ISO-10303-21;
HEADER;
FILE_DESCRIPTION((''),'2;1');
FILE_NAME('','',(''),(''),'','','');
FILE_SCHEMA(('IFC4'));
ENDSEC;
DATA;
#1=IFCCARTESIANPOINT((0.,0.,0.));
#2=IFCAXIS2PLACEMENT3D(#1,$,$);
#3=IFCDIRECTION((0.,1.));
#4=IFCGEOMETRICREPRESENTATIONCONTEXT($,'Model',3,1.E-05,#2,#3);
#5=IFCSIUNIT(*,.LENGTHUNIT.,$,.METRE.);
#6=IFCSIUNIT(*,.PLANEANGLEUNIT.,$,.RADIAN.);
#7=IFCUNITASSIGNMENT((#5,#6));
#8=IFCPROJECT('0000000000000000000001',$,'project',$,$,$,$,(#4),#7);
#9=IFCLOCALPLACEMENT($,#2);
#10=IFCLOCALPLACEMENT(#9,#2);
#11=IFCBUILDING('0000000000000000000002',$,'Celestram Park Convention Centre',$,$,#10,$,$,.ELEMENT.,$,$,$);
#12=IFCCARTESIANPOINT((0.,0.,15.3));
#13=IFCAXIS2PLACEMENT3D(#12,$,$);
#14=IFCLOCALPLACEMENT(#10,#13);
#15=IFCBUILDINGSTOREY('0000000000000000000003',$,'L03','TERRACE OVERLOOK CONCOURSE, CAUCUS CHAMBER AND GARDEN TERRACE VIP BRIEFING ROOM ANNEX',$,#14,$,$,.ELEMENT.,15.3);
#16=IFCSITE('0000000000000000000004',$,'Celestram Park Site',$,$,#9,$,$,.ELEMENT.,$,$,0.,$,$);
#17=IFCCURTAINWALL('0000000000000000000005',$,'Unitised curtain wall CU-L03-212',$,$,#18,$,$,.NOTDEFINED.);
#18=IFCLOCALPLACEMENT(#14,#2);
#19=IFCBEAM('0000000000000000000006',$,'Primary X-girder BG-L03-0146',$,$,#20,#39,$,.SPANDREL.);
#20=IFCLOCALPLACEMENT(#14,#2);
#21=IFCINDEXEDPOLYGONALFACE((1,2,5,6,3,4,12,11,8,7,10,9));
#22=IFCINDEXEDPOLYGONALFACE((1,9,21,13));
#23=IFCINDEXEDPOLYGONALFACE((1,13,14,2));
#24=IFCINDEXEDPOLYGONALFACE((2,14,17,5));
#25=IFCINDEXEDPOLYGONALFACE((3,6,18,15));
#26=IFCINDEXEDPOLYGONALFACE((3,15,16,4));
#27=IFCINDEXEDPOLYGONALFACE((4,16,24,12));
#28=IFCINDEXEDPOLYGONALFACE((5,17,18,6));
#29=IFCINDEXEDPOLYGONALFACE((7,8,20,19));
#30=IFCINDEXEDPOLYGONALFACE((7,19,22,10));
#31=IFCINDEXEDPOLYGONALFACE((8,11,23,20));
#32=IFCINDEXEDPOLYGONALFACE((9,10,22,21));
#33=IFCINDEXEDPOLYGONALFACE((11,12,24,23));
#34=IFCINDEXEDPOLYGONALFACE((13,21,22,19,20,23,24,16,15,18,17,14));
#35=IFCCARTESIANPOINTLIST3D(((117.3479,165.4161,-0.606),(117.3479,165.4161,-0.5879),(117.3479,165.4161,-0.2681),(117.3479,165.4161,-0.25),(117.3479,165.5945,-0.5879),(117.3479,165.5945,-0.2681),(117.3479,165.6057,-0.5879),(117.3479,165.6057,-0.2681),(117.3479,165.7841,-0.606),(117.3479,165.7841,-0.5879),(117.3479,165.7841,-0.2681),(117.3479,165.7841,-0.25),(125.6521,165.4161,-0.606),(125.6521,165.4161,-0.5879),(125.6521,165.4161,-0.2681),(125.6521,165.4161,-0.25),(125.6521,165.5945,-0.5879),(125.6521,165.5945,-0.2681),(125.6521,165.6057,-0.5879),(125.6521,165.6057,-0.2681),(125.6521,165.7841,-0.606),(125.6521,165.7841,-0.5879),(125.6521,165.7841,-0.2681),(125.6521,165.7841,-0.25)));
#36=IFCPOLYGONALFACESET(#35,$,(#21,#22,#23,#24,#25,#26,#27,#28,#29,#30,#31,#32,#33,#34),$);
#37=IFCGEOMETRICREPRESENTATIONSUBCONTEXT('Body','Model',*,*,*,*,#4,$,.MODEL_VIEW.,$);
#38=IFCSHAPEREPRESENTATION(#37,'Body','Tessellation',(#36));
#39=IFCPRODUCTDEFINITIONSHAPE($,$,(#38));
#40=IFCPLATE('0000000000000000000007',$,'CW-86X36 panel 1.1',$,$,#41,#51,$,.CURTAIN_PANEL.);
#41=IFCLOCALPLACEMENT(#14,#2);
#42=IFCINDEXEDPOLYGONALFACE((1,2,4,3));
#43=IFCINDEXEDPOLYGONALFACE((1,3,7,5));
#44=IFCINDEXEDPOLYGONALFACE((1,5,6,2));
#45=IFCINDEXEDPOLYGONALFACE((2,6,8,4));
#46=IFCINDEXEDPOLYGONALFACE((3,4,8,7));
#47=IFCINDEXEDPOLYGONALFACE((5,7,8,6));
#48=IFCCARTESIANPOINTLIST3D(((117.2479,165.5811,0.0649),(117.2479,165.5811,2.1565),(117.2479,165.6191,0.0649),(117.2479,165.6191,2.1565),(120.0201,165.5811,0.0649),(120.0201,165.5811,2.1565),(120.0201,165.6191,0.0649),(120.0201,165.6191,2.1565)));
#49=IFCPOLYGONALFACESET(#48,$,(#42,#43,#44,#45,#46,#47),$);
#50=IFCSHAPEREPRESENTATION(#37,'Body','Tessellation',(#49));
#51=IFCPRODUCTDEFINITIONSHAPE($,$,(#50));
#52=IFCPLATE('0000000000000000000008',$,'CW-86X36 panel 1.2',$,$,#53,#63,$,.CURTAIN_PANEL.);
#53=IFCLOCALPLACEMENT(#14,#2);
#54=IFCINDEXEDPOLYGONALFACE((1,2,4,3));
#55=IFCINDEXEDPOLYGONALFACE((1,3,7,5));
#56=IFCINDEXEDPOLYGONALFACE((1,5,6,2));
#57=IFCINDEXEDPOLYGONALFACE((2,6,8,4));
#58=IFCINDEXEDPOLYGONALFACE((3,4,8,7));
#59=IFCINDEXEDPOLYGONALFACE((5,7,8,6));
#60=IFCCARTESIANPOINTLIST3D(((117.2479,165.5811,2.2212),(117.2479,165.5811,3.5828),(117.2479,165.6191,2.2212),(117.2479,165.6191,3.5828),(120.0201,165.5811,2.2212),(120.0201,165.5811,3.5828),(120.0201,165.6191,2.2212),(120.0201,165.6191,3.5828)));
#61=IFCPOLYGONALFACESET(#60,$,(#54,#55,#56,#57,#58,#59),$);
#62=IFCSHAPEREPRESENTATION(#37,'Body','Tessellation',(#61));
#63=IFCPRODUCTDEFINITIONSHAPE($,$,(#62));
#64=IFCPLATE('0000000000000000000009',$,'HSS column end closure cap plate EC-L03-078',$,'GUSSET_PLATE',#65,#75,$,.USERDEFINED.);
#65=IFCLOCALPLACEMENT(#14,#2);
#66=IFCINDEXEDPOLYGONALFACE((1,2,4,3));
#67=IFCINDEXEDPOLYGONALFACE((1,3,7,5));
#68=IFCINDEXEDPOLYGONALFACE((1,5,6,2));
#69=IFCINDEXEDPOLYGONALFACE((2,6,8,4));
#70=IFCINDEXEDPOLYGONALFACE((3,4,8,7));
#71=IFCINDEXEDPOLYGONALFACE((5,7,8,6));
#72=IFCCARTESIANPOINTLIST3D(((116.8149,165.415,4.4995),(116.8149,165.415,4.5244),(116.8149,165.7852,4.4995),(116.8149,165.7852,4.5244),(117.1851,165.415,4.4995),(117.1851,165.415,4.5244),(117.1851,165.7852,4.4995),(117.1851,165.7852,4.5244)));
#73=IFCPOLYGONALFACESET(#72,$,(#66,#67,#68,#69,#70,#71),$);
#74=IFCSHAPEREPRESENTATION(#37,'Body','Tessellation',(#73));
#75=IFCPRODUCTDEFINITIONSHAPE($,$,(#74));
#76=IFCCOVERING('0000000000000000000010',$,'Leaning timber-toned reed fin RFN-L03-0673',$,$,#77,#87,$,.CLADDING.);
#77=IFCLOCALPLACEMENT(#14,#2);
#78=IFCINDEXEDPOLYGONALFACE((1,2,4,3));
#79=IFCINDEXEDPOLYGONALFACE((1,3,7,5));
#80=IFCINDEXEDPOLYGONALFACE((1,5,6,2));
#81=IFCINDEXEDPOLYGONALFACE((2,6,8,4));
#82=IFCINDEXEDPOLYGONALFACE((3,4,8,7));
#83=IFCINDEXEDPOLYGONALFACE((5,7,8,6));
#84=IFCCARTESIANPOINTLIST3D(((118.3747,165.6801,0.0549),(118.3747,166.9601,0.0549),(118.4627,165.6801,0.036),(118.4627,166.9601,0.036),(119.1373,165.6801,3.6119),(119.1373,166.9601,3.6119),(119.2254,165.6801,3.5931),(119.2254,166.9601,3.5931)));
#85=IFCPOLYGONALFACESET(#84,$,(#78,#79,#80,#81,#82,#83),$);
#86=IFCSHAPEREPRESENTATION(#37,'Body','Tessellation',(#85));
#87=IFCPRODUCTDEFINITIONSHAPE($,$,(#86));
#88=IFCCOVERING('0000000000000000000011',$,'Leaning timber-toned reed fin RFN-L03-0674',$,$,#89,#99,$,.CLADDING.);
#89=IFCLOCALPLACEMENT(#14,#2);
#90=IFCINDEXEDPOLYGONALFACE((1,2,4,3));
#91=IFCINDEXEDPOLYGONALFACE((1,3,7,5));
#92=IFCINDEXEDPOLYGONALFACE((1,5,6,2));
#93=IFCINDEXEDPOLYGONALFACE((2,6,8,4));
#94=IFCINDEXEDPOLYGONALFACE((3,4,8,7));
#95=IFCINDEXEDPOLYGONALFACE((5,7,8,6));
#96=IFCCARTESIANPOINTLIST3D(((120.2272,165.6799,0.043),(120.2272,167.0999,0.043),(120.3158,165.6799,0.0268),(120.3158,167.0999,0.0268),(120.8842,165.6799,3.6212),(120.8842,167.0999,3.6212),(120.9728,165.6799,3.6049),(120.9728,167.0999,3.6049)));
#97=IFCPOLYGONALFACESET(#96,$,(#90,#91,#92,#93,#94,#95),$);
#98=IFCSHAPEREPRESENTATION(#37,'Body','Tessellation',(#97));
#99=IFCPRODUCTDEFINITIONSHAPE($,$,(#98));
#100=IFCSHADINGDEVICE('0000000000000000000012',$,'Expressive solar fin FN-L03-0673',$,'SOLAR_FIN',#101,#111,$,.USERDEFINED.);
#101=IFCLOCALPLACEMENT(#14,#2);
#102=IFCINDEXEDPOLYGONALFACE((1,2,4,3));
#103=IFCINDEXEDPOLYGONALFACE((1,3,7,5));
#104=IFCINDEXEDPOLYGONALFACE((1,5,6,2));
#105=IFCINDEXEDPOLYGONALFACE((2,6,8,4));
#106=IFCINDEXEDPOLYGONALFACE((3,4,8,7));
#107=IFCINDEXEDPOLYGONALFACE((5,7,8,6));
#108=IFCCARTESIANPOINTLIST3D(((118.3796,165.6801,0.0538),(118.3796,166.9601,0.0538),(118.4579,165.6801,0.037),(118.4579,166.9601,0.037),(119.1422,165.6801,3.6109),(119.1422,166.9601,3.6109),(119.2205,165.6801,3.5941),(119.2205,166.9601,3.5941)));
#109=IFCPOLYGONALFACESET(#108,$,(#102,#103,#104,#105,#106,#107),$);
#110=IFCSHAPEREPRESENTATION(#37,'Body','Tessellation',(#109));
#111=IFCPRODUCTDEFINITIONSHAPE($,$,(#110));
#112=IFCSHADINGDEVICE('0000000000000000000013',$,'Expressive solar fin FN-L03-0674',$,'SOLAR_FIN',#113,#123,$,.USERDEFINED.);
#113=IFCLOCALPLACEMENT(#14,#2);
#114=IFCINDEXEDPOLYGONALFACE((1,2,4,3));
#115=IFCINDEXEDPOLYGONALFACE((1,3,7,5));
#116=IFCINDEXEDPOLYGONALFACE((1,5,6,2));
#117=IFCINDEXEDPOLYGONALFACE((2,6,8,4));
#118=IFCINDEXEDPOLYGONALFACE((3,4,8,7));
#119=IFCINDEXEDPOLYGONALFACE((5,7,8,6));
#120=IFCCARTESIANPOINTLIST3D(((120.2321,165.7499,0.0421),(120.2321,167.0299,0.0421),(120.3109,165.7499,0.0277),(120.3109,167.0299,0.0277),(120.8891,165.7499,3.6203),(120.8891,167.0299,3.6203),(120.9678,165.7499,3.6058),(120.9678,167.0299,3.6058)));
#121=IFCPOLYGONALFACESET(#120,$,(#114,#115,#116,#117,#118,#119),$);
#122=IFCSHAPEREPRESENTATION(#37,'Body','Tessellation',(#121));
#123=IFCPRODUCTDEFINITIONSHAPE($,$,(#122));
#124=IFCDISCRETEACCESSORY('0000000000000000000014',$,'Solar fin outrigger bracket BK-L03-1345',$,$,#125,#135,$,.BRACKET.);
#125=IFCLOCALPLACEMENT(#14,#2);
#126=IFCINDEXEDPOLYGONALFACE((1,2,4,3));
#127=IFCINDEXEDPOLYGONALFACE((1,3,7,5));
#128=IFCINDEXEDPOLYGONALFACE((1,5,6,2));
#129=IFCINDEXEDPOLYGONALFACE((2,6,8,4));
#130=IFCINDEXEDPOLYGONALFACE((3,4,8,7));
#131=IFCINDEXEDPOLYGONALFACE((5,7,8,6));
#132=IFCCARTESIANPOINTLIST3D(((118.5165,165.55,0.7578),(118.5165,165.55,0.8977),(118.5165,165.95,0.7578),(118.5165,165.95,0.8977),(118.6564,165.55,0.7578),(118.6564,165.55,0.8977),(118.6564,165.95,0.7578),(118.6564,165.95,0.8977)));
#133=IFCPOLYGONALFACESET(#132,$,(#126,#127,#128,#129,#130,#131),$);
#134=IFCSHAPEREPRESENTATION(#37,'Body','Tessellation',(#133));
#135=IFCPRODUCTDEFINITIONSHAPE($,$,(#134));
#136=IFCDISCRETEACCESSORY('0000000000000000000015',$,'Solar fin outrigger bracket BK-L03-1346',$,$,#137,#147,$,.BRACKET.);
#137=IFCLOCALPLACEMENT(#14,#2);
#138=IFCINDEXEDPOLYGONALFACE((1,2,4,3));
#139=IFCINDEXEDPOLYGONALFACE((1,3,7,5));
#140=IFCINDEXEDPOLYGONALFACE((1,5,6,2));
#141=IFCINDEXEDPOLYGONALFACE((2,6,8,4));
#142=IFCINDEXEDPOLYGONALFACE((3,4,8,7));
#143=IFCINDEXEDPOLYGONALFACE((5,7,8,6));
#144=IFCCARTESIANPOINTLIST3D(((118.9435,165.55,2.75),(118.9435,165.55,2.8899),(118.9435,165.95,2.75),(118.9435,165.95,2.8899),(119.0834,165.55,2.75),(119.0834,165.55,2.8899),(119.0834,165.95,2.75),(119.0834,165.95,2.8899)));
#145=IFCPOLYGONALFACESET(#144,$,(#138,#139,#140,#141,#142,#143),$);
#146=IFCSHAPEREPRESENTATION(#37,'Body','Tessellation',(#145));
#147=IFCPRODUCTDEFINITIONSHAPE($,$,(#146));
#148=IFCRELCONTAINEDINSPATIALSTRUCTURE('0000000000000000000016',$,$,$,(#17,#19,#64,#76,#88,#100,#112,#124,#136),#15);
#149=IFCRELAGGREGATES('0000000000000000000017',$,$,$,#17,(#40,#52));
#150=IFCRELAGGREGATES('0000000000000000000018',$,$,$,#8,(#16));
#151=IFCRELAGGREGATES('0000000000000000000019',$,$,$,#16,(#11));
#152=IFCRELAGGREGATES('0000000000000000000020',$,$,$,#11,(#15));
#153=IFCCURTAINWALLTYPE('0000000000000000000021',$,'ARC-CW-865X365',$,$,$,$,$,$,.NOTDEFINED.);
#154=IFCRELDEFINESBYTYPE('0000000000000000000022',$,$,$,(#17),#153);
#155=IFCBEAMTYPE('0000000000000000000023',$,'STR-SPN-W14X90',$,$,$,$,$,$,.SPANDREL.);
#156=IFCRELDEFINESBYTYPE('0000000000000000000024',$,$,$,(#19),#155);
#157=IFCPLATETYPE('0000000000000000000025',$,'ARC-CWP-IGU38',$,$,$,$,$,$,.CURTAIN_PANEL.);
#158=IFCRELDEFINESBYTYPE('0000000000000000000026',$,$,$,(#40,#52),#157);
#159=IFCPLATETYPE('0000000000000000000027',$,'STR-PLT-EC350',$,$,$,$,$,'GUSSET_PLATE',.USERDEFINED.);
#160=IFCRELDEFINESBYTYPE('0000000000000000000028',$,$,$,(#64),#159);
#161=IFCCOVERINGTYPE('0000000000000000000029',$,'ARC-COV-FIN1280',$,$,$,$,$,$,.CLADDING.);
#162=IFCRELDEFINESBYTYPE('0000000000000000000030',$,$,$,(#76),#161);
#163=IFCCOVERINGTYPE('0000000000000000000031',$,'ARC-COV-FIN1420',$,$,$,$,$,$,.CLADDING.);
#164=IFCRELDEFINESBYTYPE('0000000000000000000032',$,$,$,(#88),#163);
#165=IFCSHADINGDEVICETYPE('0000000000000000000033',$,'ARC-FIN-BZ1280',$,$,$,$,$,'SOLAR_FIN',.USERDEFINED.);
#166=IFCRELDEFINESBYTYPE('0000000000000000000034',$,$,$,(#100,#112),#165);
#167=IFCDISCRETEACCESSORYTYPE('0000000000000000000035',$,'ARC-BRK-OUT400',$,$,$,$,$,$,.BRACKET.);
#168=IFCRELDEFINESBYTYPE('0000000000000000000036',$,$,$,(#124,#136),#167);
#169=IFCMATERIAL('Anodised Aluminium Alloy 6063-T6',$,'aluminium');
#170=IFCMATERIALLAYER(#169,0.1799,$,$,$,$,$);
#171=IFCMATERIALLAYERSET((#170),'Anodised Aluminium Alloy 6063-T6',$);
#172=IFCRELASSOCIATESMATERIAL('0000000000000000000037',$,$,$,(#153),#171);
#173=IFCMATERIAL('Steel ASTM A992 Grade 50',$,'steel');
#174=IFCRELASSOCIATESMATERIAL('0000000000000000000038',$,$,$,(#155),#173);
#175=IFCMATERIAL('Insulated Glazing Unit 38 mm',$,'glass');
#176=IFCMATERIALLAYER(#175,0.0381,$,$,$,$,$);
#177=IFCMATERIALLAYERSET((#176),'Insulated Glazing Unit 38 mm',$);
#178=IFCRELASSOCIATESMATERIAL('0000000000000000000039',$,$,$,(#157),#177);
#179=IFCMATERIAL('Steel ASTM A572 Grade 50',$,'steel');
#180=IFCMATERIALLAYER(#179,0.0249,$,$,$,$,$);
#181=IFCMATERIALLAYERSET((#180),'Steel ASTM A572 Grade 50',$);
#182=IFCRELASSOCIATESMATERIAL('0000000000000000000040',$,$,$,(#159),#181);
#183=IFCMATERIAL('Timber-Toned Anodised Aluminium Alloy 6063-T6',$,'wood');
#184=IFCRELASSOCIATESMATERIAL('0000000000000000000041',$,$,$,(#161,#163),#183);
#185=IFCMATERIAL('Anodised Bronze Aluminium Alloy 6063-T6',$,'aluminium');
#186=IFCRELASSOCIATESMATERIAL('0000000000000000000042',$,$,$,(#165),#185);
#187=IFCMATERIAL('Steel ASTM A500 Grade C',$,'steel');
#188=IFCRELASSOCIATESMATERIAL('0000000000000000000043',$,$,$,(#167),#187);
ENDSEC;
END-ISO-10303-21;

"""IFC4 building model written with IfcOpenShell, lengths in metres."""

from ifc_helpers import new_model, si_unit, direction, frame, origin, origin_2d, place, context, subcontext, project, spatial, rectangle, i_section, extrude, material, layer, layer_set, material_profile, profile_set, type_object, element, aggregate, save


model = new_model("IFC4")

# Units and contexts
model_context = context("Model", 3, precision=1e-05, world=origin(), true_north=direction((0.0, 1.0)))
body_context = subcontext(model_context, "Body", "Model", "MODEL_VIEW")
ifc_project = project(units=[si_unit("LENGTHUNIT", "METRE"), si_unit("PLANEANGLEUNIT", "RADIAN")], contexts=[model_context])

# Site, building, storey
site_placement = place(None, origin())
site = spatial("IfcSite", under=ifc_project, at=site_placement, Name="Celestram Park Site", CompositionType="ELEMENT", RefElevation=0.0)
building_placement = place(site_placement, origin())
building = spatial("IfcBuilding", under=site, at=building_placement, Name="Celestram Park Convention Centre", CompositionType="ELEMENT")
storey_placement = place(building_placement, frame((0.0, 0.0, 15.3)))
storey = spatial("IfcBuildingStorey", under=building, at=storey_placement, Name="L03", Description="TERRACE OVERLOOK CONCOURSE, CAUCUS CHAMBER AND GARDEN TERRACE VIP BRIEFING ROOM ANNEX", CompositionType="ELEMENT", Elevation=15.3)

# Shared definitions
ifc_material_1 = material(Name="Steel ASTM A500 Grade C", Category="steel")

# Curtain wall
ifc_material_2 = material(Name="Anodised Aluminium Alloy 6063-T6", Category="aluminium")
ifc_layer_1 = layer(ifc_material_2, 0.1799)
ifc_layer_set_1 = layer_set([ifc_layer_1], Name="Anodised Aluminium Alloy 6063-T6")
curtain_wall_type = type_object("IfcCurtainWallType", Name="ARC-CW-865X365", PredefinedType="NOTDEFINED", material=ifc_layer_set_1)
curtain_wall_placement = place(storey_placement, origin())
curtain_wall = element("IfcCurtainWall", 1, at=curtain_wall_placement, inside=storey, type_object=curtain_wall_type, Name="Unitised curtain wall CU-L03-212", PredefinedType="NOTDEFINED")

# Beam
ifc_material_3 = material(Name="Steel ASTM A992 Grade 50", Category="steel")
ifc_material_profile_1 = material_profile(ifc_material_3, i_section(OverallWidth=0.3679, OverallDepth=0.356, WebThickness=0.0112, FlangeThickness=0.0181, at=origin_2d()), Name="W14X90")
ifc_profile_set_1 = profile_set([ifc_material_profile_1], Name="Steel ASTM A992 Grade 50")
beam_type_1 = type_object("IfcBeamType", Name="STR-SPN-W14X90", PredefinedType="SPANDREL", material=ifc_profile_set_1)
beam_1_placement = place(storey_placement, frame((117.3479, 165.6001, -0.428), z_axis=(1.0, 0.0, 0.0), x_axis=(0.0, 1.0, 0.0)))
element("IfcBeam", 2, at=beam_1_placement, inside=storey, type_object=beam_type_1, Name="Primary X-girder BG-L03-0146", PredefinedType="SPANDREL", context=body_context, shape_type="SweptSolid", body=[
    extrude(i_section(OverallWidth=0.3679, OverallDepth=0.356, WebThickness=0.0112, FlangeThickness=0.0181, at=origin_2d()), origin(), (0.0, 0.0, 1.0), 8.3042),
])

# Plates
ifc_material_4 = material(Name="Insulated Glazing Unit 38 mm", Category="glass")
ifc_layer_2 = layer(ifc_material_4, 0.0381)
ifc_layer_set_2 = layer_set([ifc_layer_2], Name="Insulated Glazing Unit 38 mm")
plate_type_1 = type_object("IfcPlateType", Name="ARC-CWP-IGU38", PredefinedType="CURTAIN_PANEL", material=ifc_layer_set_2)
plate_1_placement = place(storey_placement, frame((118.634, 165.6001, 0.0649), z_axis=(0.0, 0.0, 1.0), x_axis=(1.0, 0.0, 0.0)))
plate_1 = element("IfcPlate", 3, at=plate_1_placement, type_object=plate_type_1, Name="CW-86X36 panel 1.1", PredefinedType="CURTAIN_PANEL", context=body_context, shape_type="SweptSolid", body=[
    extrude(rectangle(XDim=2.7722, YDim=0.0381, at=origin_2d()), origin(), (0.0, 0.0, 1.0), 2.0916),
])
plate_2_placement = place(storey_placement, frame((118.634, 165.6001, 2.2212), z_axis=(0.0, 0.0, 1.0), x_axis=(1.0, 0.0, 0.0)))
plate_2 = element("IfcPlate", 4, at=plate_2_placement, type_object=plate_type_1, Name="CW-86X36 panel 1.2", PredefinedType="CURTAIN_PANEL", context=body_context, shape_type="SweptSolid", body=[
    extrude(rectangle(XDim=2.7722, YDim=0.0381, at=origin_2d()), origin(), (0.0, 0.0, 1.0), 1.3616),
])
aggregate(curtain_wall, [plate_1, plate_2])
ifc_material_5 = material(Name="Steel ASTM A572 Grade 50", Category="steel")
ifc_layer_3 = layer(ifc_material_5, 0.0249)
ifc_layer_set_3 = layer_set([ifc_layer_3], Name="Steel ASTM A572 Grade 50")
plate_type_2 = type_object("IfcPlateType", Name="STR-PLT-EC350", ElementType="GUSSET_PLATE", PredefinedType="USERDEFINED", material=ifc_layer_set_3)
plate_3_placement = place(storey_placement, frame((117.0, 165.6001, 4.4995), z_axis=(0.0, 0.0, 1.0), x_axis=(1.0, 0.0, 0.0)))
element("IfcPlate", 5, at=plate_3_placement, inside=storey, type_object=plate_type_2, Name="HSS column end closure cap plate EC-L03-078", ObjectType="GUSSET_PLATE", PredefinedType="USERDEFINED", context=body_context, shape_type="SweptSolid", body=[
    extrude(rectangle(XDim=0.3701, YDim=0.3701, at=origin_2d()), origin(), (0.0, 0.0, 1.0), 0.0249),
])

# Coverings
ifc_material_6 = material(Name="Timber-Toned Anodised Aluminium Alloy 6063-T6", Category="wood")
ifc_material_profile_2 = material_profile(ifc_material_6, rectangle(XDim=1.28, YDim=0.0901, at=origin_2d()), Name="REED1280X90")
ifc_profile_set_2 = profile_set([ifc_material_profile_2], Name="Timber-Toned Anodised Aluminium Alloy 6063-T6")
covering_type_1 = type_object("IfcCoveringType", Name="ARC-COV-FIN1280", PredefinedType="CLADDING", material=ifc_profile_set_2)
covering_1_placement = place(storey_placement, frame((118.4187, 166.3201, 0.0454), z_axis=(0.209648, 0.0, 0.977777), x_axis=(0.0, 1.0, 0.0)))
element("IfcCovering", 6, at=covering_1_placement, inside=storey, type_object=covering_type_1, Name="Leaning timber-toned reed fin RFN-L03-0673", PredefinedType="CLADDING", context=body_context, shape_type="SweptSolid", body=[
    extrude(rectangle(XDim=1.28, YDim=0.0901, at=origin_2d()), origin(), (0.0, 0.0, 1.0), 3.6379),
])
ifc_material_profile_3 = material_profile(ifc_material_6, rectangle(XDim=1.4199, YDim=0.0901, at=origin_2d()), Name="REED1420X90")
ifc_profile_set_3 = profile_set([ifc_material_profile_3], Name="Timber-Toned Anodised Aluminium Alloy 6063-T6")
covering_type_2 = type_object("IfcCoveringType", Name="ARC-COV-FIN1420", PredefinedType="CLADDING", material=ifc_profile_set_3)
covering_2_placement = place(storey_placement, frame((120.2715, 166.3899, 0.0349), z_axis=(0.180592, 0.0, 0.983558), x_axis=(0.0, 1.0, 0.0)))
element("IfcCovering", 7, at=covering_2_placement, inside=storey, type_object=covering_type_2, Name="Leaning timber-toned reed fin RFN-L03-0674", PredefinedType="CLADDING", context=body_context, shape_type="SweptSolid", body=[
    extrude(rectangle(XDim=1.4199, YDim=0.0901, at=origin_2d()), origin(), (0.0, 0.0, 1.0), 3.6379),
])

# Shading devices
ifc_material_7 = material(Name="Anodised Bronze Aluminium Alloy 6063-T6", Category="aluminium")
ifc_material_profile_4 = material_profile(ifc_material_7, rectangle(XDim=1.28, YDim=0.0801, at=origin_2d()), Name="FIN1280X80")
ifc_profile_set_4 = profile_set([ifc_material_profile_4], Name="Anodised Bronze Aluminium Alloy 6063-T6")
shading_device_type = type_object("IfcShadingDeviceType", Name="ARC-FIN-BZ1280", ElementType="SOLAR_FIN", PredefinedType="USERDEFINED", material=ifc_profile_set_4)
for number, where, z_axis, x_axis, name in (
    (8, (118.4187, 166.3201, 0.0454), (0.209648, 0.0, 0.977777), (0.0, 1.0, 0.0), "Expressive solar fin FN-L03-0673"),
    (9, (120.2715, 166.3899, 0.0349), (0.180592, 0.0, 0.983558), (0.0, 1.0, 0.0), "Expressive solar fin FN-L03-0674"),
):
    element("IfcShadingDevice", number, at=place(storey_placement, frame(where, z_axis=z_axis, x_axis=x_axis)), inside=storey, type_object=shading_device_type, Name=name, ObjectType="SOLAR_FIN", PredefinedType="USERDEFINED", context=body_context, shape_type="SweptSolid", body=[
        extrude(rectangle(XDim=1.28, YDim=0.0801, at=origin_2d()), origin(), (0.0, 0.0, 1.0), 3.6379),
    ])

# Discrete accessories
discrete_accessory_type = type_object("IfcDiscreteAccessoryType", Name="ARC-BRK-OUT400", PredefinedType="BRACKET", material=ifc_material_1)
for number, where, z_axis, x_axis, name in (
    (10, (118.5864, 165.75, 0.7578), (0.0, 0.0, 1.0), (0.0, 1.0, 0.0), "Solar fin outrigger bracket BK-L03-1345"),
    (11, (119.0134, 165.75, 2.75), (0.0, 0.0, 1.0), (0.0, 1.0, 0.0), "Solar fin outrigger bracket BK-L03-1346"),
):
    element("IfcDiscreteAccessory", number, at=place(storey_placement, frame(where, z_axis=z_axis, x_axis=x_axis)), inside=storey, type_object=discrete_accessory_type, Name=name, PredefinedType="BRACKET", context=body_context, shape_type="SweptSolid", body=[
        extrude(rectangle(XDim=0.3999, YDim=0.1399, at=origin_2d()), origin(), (0.0, 0.0, 1.0), 0.1399),
    ])

save(model, "model.ifc")
